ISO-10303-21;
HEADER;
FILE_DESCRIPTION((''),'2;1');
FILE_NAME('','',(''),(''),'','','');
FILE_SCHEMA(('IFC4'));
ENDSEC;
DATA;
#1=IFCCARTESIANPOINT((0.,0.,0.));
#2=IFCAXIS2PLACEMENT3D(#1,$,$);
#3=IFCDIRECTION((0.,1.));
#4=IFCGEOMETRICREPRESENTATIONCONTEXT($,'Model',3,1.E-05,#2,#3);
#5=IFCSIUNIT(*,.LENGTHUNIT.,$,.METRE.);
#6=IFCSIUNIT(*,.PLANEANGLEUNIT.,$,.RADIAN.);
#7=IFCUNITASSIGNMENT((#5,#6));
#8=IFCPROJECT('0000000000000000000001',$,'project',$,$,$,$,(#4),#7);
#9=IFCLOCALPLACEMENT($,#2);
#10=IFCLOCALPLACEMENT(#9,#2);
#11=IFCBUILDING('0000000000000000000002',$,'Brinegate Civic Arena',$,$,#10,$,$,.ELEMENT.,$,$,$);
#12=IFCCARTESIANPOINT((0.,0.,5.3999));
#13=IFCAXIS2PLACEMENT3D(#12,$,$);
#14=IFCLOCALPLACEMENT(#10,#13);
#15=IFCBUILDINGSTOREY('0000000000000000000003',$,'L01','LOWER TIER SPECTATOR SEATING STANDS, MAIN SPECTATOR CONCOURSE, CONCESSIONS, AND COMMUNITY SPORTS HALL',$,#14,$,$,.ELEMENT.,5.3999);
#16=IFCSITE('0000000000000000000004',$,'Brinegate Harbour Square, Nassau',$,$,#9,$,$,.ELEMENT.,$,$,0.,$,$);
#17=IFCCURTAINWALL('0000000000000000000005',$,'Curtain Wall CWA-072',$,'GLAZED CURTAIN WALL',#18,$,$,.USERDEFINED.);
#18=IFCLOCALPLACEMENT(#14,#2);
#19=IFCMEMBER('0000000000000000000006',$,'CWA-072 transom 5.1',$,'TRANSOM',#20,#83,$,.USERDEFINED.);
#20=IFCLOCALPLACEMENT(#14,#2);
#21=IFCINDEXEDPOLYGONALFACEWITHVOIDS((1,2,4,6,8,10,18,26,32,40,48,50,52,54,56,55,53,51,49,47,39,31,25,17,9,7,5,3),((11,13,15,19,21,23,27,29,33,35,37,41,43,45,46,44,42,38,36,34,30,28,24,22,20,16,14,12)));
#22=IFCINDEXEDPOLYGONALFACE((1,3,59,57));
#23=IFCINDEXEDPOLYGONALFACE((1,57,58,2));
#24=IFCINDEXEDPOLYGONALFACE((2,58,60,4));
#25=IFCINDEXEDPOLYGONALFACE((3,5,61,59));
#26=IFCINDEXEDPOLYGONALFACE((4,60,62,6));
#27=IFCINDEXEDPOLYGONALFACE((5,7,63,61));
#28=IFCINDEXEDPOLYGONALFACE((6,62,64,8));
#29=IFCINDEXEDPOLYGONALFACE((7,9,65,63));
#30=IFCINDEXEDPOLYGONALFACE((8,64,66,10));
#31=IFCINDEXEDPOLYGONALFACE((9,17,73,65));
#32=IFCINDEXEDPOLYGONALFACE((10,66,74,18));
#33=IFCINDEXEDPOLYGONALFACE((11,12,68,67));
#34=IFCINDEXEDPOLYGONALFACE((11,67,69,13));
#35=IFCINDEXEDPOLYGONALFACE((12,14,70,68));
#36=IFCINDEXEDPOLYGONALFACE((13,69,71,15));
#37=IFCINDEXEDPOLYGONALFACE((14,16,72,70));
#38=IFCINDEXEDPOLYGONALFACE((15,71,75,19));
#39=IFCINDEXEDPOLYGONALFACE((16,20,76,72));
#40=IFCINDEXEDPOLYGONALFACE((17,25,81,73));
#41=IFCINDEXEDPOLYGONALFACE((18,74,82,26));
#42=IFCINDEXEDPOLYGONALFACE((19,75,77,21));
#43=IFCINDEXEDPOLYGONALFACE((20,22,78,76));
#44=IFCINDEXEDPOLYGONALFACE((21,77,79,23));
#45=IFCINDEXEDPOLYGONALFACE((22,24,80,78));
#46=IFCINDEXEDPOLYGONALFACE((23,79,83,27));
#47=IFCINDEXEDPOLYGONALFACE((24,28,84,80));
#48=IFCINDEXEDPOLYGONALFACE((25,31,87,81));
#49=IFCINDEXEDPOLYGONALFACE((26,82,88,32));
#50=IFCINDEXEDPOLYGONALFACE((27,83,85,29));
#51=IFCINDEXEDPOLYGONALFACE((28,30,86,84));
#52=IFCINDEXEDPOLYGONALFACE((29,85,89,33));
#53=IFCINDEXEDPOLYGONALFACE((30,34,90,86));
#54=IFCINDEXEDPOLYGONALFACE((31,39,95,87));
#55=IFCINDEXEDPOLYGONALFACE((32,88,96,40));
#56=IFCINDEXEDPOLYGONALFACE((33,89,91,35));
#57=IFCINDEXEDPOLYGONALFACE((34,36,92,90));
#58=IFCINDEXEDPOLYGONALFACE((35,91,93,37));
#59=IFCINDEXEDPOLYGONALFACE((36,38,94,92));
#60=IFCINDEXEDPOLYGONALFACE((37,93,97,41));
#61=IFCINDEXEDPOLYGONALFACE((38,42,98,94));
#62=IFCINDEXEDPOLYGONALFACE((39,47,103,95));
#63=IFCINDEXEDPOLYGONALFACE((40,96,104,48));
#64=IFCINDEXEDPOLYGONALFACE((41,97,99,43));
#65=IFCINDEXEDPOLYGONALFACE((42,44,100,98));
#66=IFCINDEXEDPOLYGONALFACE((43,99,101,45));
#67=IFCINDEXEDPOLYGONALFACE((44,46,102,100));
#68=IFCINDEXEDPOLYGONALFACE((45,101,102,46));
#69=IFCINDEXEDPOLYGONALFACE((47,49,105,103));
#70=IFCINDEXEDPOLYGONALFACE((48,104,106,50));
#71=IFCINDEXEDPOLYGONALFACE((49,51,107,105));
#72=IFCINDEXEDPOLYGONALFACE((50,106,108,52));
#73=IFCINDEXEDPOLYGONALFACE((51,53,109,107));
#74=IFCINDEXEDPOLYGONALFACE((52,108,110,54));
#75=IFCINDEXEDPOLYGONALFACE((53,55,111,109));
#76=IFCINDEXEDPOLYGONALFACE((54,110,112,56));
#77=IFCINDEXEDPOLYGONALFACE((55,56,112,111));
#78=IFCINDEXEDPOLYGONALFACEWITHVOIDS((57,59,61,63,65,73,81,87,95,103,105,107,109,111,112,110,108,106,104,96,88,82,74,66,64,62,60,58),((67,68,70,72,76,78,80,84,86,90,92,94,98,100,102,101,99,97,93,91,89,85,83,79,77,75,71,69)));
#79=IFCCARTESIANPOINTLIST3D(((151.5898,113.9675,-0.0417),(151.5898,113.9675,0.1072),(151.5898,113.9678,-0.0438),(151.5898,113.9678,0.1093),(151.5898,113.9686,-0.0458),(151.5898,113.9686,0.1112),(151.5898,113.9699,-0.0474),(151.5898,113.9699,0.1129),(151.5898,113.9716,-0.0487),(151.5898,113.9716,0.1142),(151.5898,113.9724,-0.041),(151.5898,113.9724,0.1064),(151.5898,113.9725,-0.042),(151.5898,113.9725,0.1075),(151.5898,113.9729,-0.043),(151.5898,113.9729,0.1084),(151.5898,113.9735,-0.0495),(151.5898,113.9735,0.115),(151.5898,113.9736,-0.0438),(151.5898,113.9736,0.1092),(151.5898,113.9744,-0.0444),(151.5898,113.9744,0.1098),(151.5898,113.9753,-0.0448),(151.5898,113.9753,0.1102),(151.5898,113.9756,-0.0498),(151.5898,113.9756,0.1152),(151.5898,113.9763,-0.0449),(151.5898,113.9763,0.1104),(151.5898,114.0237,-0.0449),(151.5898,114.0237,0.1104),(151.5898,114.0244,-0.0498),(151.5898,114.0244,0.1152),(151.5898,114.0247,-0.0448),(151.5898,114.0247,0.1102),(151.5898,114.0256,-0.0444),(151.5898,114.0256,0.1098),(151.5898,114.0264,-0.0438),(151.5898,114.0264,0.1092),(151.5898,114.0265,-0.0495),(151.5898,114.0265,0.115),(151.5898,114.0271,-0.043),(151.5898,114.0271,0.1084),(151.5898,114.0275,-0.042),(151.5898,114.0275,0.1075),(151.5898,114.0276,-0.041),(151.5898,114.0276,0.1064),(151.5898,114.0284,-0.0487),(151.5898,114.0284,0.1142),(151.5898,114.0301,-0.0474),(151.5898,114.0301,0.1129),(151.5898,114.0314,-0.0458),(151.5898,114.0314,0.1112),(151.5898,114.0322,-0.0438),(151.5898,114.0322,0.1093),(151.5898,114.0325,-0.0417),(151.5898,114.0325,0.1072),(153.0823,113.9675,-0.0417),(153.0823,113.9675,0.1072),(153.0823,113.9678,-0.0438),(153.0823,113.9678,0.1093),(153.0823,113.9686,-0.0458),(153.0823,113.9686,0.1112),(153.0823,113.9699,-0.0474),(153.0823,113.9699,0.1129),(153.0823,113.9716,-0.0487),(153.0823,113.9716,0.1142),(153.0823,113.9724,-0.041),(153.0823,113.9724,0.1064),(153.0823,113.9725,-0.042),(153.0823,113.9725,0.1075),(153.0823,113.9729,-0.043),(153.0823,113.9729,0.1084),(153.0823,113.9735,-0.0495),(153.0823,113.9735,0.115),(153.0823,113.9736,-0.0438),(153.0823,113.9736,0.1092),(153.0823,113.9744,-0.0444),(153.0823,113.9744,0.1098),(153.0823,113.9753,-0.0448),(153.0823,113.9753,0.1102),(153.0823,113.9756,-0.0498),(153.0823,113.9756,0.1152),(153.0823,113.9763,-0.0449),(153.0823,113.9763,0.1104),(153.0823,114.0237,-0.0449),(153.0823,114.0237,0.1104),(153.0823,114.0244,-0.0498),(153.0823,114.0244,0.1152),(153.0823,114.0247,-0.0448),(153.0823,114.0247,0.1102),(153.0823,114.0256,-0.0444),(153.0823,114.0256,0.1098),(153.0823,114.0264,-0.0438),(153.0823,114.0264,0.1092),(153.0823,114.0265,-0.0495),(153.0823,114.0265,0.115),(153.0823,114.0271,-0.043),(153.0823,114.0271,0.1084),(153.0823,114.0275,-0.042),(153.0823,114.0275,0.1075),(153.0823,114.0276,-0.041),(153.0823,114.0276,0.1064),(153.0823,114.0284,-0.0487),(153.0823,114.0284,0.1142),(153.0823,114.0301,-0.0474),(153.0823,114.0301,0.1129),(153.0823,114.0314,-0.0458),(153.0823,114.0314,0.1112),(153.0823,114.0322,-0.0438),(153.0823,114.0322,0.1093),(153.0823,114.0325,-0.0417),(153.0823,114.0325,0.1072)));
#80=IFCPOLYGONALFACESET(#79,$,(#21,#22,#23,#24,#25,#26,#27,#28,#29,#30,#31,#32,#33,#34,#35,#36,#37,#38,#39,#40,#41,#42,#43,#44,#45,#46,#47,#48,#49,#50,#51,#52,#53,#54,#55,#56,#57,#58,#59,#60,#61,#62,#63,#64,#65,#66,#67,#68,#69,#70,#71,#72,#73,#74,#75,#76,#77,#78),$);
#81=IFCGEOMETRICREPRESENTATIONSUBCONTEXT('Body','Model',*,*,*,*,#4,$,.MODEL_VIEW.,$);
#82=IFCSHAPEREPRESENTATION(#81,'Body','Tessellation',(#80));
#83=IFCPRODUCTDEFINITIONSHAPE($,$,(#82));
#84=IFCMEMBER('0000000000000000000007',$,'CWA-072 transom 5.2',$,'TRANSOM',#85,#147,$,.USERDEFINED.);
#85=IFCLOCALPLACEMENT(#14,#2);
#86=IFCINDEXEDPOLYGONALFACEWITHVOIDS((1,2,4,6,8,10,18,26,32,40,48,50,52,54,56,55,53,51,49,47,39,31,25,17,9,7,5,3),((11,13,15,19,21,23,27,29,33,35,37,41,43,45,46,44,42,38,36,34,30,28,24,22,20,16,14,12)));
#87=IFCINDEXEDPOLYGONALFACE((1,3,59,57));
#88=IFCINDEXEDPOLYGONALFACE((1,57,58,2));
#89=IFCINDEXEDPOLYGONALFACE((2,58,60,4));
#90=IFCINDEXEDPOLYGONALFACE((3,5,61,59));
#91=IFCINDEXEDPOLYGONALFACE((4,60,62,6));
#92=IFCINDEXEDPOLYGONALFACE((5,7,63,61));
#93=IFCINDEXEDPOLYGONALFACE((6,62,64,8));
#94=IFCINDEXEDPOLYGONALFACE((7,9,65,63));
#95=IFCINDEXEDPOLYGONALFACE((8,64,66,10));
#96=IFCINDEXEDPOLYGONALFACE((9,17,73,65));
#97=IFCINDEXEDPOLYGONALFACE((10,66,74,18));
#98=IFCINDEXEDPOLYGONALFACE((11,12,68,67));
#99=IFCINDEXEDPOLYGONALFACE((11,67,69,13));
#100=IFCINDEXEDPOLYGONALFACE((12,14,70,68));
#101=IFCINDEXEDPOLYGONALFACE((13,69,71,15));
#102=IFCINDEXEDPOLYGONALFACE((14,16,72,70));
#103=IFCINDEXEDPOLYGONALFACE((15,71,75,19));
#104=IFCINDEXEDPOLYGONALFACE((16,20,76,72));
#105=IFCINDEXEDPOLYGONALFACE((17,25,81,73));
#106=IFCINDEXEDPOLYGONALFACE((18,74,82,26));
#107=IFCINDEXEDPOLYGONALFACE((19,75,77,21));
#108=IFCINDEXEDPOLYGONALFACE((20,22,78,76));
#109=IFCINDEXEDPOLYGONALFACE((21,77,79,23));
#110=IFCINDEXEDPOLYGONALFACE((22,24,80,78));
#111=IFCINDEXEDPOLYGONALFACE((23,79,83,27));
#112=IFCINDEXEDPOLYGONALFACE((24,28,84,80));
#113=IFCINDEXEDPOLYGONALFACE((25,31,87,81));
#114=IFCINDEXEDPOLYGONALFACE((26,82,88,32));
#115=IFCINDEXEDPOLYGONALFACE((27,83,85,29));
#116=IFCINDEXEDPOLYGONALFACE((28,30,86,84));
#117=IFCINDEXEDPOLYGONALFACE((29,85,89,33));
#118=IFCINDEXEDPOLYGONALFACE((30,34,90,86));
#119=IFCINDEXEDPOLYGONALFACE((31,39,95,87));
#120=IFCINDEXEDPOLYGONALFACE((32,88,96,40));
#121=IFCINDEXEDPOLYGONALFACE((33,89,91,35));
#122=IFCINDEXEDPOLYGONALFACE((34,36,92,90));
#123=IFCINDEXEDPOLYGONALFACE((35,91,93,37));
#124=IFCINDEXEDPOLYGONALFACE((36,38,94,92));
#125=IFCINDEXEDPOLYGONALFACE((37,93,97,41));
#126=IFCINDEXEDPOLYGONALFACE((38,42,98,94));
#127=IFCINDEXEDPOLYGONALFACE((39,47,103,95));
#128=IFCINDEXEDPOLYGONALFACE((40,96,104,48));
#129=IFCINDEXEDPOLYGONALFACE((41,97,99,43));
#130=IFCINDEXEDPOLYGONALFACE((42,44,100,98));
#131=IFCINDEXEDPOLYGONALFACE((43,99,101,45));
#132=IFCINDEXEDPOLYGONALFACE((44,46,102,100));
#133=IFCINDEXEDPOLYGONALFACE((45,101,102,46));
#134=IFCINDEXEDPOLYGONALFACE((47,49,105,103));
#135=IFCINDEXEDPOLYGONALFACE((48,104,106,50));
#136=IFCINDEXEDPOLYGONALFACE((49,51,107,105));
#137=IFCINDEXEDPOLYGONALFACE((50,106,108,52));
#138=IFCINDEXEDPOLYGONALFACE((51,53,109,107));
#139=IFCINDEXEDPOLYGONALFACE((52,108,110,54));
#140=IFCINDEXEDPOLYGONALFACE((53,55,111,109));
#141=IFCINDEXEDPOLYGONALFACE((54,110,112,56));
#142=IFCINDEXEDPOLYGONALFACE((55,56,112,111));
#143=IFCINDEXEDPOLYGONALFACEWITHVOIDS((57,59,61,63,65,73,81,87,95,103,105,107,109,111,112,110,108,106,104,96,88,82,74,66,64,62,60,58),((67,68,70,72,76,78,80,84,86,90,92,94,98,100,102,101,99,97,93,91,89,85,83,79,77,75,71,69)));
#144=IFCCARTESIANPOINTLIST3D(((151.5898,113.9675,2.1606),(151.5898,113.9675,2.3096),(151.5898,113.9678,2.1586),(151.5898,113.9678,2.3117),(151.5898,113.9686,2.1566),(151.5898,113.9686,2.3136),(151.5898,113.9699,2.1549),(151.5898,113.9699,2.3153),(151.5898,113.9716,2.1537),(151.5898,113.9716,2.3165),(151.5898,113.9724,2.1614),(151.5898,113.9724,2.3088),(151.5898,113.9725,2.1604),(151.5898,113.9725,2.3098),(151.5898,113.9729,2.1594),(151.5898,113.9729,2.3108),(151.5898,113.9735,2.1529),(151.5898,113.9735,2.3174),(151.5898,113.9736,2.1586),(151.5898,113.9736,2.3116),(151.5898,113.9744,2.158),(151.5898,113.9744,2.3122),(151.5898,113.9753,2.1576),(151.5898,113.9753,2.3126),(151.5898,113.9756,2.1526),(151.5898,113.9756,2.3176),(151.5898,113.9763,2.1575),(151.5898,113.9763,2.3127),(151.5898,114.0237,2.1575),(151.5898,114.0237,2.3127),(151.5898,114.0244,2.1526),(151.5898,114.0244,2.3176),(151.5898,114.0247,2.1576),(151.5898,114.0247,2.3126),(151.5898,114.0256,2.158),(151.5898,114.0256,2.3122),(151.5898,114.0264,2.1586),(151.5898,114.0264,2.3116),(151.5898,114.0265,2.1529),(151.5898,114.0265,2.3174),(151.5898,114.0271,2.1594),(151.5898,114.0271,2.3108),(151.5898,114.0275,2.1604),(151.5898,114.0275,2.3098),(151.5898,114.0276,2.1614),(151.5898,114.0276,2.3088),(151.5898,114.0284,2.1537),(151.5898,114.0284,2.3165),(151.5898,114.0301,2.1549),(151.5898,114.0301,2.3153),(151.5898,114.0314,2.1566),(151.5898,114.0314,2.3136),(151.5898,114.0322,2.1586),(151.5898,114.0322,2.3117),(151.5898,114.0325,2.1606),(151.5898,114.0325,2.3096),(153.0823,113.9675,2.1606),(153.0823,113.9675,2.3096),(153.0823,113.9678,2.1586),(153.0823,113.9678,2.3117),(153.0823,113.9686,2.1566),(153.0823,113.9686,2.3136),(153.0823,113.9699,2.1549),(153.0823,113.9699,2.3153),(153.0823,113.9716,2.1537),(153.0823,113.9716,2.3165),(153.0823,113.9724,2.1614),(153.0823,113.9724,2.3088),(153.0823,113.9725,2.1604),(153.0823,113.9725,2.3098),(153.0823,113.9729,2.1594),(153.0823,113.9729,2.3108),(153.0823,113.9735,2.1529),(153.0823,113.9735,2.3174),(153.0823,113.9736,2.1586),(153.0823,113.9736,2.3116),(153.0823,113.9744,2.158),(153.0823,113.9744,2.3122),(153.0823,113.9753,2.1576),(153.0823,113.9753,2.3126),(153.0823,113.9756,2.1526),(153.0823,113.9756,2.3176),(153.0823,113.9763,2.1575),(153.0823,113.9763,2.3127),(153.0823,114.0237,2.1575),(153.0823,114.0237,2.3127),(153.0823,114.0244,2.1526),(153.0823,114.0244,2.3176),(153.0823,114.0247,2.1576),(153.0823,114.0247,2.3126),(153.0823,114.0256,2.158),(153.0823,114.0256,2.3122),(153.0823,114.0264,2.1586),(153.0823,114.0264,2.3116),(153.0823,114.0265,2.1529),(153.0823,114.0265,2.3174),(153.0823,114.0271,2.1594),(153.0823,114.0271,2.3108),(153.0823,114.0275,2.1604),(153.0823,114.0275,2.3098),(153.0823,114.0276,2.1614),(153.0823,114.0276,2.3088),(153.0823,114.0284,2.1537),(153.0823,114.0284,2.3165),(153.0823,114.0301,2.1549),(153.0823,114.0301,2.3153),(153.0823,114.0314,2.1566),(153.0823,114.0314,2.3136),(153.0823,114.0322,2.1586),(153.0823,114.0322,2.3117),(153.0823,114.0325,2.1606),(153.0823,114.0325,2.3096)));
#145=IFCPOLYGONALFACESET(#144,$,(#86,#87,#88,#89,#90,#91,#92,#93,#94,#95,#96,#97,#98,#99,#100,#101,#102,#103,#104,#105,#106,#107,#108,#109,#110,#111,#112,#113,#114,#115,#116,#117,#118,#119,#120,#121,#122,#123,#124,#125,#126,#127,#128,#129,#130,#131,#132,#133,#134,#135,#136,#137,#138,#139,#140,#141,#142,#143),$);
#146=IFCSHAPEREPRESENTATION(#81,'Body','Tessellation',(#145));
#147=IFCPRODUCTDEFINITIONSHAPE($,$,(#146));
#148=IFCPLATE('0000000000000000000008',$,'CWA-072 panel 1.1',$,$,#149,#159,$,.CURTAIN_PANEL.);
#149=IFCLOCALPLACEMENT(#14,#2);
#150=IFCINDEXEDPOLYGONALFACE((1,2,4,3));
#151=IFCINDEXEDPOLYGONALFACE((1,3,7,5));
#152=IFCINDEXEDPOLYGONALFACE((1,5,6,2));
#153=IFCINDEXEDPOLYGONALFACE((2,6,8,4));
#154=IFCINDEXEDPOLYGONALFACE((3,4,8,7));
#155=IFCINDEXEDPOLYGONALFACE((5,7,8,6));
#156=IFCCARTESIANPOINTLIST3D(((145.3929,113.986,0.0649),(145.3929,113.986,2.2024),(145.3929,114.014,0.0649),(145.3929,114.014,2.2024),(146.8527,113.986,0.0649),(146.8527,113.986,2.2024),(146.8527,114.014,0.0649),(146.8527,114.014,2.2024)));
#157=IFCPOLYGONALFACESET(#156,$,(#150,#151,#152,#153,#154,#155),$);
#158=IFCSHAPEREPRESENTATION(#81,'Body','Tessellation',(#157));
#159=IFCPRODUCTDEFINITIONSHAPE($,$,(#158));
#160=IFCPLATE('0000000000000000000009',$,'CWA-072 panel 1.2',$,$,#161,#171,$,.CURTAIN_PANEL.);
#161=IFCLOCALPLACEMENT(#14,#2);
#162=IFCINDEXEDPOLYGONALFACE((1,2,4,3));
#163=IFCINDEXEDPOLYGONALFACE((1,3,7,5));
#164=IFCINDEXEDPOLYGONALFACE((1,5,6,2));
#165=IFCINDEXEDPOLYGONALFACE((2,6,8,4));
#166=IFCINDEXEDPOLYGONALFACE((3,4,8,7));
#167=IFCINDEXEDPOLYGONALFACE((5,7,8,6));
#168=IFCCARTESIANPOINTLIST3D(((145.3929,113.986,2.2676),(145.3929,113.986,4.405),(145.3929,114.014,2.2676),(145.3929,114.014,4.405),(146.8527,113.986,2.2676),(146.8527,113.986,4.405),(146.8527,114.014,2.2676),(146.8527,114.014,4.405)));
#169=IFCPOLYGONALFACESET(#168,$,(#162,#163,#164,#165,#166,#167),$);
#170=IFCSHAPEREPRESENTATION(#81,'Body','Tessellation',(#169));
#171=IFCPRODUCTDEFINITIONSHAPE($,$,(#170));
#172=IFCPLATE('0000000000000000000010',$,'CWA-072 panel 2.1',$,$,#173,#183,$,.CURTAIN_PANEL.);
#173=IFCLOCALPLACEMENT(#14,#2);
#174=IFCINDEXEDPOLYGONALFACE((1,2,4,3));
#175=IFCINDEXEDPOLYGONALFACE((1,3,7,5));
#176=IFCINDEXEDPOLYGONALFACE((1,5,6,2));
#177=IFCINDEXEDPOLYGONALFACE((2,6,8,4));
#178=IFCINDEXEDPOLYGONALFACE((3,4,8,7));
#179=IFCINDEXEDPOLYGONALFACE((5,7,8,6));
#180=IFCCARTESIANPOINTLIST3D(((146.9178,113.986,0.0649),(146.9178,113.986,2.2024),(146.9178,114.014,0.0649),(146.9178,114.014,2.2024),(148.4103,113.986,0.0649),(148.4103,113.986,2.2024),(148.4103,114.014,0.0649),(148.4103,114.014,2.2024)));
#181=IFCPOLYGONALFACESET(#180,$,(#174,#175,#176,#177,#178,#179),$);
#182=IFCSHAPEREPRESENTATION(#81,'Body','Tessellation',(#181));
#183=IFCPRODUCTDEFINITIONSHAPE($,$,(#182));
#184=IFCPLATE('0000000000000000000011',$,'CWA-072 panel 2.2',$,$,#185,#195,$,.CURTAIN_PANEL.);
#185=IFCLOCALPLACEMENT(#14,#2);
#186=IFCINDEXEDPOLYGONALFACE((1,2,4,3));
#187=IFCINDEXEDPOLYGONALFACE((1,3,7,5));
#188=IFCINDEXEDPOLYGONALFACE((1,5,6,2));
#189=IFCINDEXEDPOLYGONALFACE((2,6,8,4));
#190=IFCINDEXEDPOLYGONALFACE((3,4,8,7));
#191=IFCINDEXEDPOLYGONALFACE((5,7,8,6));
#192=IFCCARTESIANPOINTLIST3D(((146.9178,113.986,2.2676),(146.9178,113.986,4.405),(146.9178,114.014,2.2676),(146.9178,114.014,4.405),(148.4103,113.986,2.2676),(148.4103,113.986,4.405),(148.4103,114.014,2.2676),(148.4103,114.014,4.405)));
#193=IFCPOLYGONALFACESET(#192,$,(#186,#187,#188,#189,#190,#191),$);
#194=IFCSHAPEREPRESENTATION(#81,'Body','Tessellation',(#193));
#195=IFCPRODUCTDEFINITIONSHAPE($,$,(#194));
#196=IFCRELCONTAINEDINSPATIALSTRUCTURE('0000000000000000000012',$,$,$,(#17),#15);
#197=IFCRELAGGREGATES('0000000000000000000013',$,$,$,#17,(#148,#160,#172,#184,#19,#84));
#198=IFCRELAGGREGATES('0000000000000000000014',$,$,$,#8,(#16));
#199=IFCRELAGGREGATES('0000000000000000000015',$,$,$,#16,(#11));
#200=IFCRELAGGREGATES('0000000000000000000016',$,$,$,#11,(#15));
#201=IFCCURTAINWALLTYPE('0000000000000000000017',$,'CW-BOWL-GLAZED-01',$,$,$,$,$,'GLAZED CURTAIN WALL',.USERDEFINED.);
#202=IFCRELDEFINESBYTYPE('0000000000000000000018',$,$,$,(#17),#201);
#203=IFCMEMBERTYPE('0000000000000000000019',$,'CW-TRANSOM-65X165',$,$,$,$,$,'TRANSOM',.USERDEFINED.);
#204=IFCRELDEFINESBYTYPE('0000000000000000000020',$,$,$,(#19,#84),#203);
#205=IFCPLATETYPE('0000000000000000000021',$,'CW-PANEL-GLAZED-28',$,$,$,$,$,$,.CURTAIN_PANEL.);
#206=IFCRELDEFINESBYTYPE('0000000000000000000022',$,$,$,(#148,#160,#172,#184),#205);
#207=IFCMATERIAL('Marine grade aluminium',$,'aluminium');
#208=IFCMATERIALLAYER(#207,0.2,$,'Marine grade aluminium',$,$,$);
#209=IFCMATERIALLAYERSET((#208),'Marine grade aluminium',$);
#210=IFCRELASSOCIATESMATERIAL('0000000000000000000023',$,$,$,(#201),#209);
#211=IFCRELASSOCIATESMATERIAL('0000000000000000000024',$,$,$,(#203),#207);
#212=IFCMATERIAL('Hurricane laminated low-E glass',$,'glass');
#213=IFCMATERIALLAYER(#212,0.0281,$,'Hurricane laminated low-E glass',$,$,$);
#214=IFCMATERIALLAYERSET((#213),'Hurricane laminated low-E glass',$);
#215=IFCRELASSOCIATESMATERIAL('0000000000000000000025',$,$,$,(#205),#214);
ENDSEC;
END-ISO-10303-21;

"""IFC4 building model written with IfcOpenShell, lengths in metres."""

from ifc_helpers import new_model, si_unit, direction, frame, origin, origin_2d, place, context, subcontext, project, spatial, rectangle, hollow_rectangle, extrude, material, layer, layer_set, material_profile, profile_set, type_object, element, aggregate, save


model = new_model("IFC4")

# Units and contexts
model_context = context("Model", 3, precision=1e-05, world=origin(), true_north=direction((0.0, 1.0)))
body_context = subcontext(model_context, "Body", "Model", "MODEL_VIEW")
ifc_project = project(units=[si_unit("LENGTHUNIT", "METRE"), si_unit("PLANEANGLEUNIT", "RADIAN")], contexts=[model_context])

# Site, building, storey
site_placement = place(None, origin())
site = spatial("IfcSite", under=ifc_project, at=site_placement, Name="Brinegate Harbour Square, Nassau", CompositionType="ELEMENT", RefElevation=0.0)
building_placement = place(site_placement, origin())
building = spatial("IfcBuilding", under=site, at=building_placement, Name="Brinegate Civic Arena", CompositionType="ELEMENT")
storey_placement = place(building_placement, frame((0.0, 0.0, 5.3999)))
storey = spatial("IfcBuildingStorey", under=building, at=storey_placement, Name="L01", Description="LOWER TIER SPECTATOR SEATING STANDS, MAIN SPECTATOR CONCOURSE, CONCESSIONS, AND COMMUNITY SPORTS HALL", CompositionType="ELEMENT", Elevation=5.3999)

# Curtain wall, members, plates
ifc_material_1 = material(Name="Marine grade aluminium", Category="aluminium")
ifc_layer_1 = layer(ifc_material_1, 0.2, Name="Marine grade aluminium")
ifc_layer_set_1 = layer_set([ifc_layer_1], Name="Marine grade aluminium")
curtain_wall_type = type_object("IfcCurtainWallType", Name="CW-BOWL-GLAZED-01", ElementType="GLAZED CURTAIN WALL", PredefinedType="USERDEFINED", material=ifc_layer_set_1)
curtain_wall_placement = place(storey_placement, origin())
curtain_wall = element("IfcCurtainWall", 1, at=curtain_wall_placement, inside=storey, type_object=curtain_wall_type, Name="Curtain Wall CWA-072", ObjectType="GLAZED CURTAIN WALL", PredefinedType="USERDEFINED")
ifc_material_profile_1 = material_profile(ifc_material_1, hollow_rectangle(XDim=0.0649, YDim=0.165, WallThickness=0.0049, InnerFilletRadius=0.0039, OuterFilletRadius=0.0081, at=origin_2d()), Name="TRN65X165")
ifc_profile_set_1 = profile_set([ifc_material_profile_1], Name="Marine grade aluminium")
member_type_1 = type_object("IfcMemberType", Name="CW-TRANSOM-65X165", ElementType="TRANSOM", PredefinedType="USERDEFINED", material=ifc_profile_set_1)
member_1_placement = place(storey_placement, frame((151.5898, 114.0, 0.0327), z_axis=(1.0, 0.0, 0.0), x_axis=(0.0, 1.0, 0.0)))
member_1 = element("IfcMember", 2, at=member_1_placement, type_object=member_type_1, Name="CWA-072 transom 5.1", ObjectType="TRANSOM", PredefinedType="USERDEFINED", context=body_context, shape_type="SweptSolid", body=[
    extrude(hollow_rectangle(XDim=0.0649, YDim=0.165, WallThickness=0.0049, InnerFilletRadius=0.0039, OuterFilletRadius=0.0081, at=origin_2d()), origin(), (0.0, 0.0, 1.0), 1.4924),
])
member_2_placement = place(storey_placement, frame((151.5898, 114.0, 2.2351), z_axis=(1.0, 0.0, 0.0), x_axis=(0.0, 1.0, 0.0)))
member_2 = element("IfcMember", 3, at=member_2_placement, type_object=member_type_1, Name="CWA-072 transom 5.2", ObjectType="TRANSOM", PredefinedType="USERDEFINED", context=body_context, shape_type="SweptSolid", body=[
    extrude(hollow_rectangle(XDim=0.0649, YDim=0.165, WallThickness=0.0049, InnerFilletRadius=0.0039, OuterFilletRadius=0.0081, at=origin_2d()), origin(), (0.0, 0.0, 1.0), 1.4924),
])
ifc_material_2 = material(Name="Hurricane laminated low-E glass", Category="glass")
ifc_layer_2 = layer(ifc_material_2, 0.0281, Name="Hurricane laminated low-E glass")
ifc_layer_set_2 = layer_set([ifc_layer_2], Name="Hurricane laminated low-E glass")
plate_type = type_object("IfcPlateType", Name="CW-PANEL-GLAZED-28", PredefinedType="CURTAIN_PANEL", material=ifc_layer_set_2)
plate_1_placement = place(storey_placement, frame((146.1228, 114.0, 0.0649), z_axis=(0.0, 0.0, 1.0), x_axis=(1.0, 0.0, 0.0)))
plate_1 = element("IfcPlate", 4, at=plate_1_placement, type_object=plate_type, Name="CWA-072 panel 1.1", PredefinedType="CURTAIN_PANEL", context=body_context, shape_type="SweptSolid", body=[
    extrude(rectangle(XDim=1.4597, YDim=0.0281, at=origin_2d()), origin(), (0.0, 0.0, 1.0), 2.1375),
])
plate_2_placement = place(storey_placement, frame((146.1228, 114.0, 2.2676), z_axis=(0.0, 0.0, 1.0), x_axis=(1.0, 0.0, 0.0)))
plate_2 = element("IfcPlate", 5, at=plate_2_placement, type_object=plate_type, Name="CWA-072 panel 1.2", PredefinedType="CURTAIN_PANEL", context=body_context, shape_type="SweptSolid", body=[
    extrude(rectangle(XDim=1.4597, YDim=0.0281, at=origin_2d()), origin(), (0.0, 0.0, 1.0), 2.1375),
])
plate_3_placement = place(storey_placement, frame((147.6641, 114.0, 0.0649), z_axis=(0.0, 0.0, 1.0), x_axis=(1.0, 0.0, 0.0)))
plate_3 = element("IfcPlate", 6, at=plate_3_placement, type_object=plate_type, Name="CWA-072 panel 2.1", PredefinedType="CURTAIN_PANEL", context=body_context, shape_type="SweptSolid", body=[
    extrude(rectangle(XDim=1.4924, YDim=0.0281, at=origin_2d()), origin(), (0.0, 0.0, 1.0), 2.1375),
])
plate_4_placement = place(storey_placement, frame((147.6641, 114.0, 2.2676), z_axis=(0.0, 0.0, 1.0), x_axis=(1.0, 0.0, 0.0)))
plate_4 = element("IfcPlate", 7, at=plate_4_placement, type_object=plate_type, Name="CWA-072 panel 2.2", PredefinedType="CURTAIN_PANEL", context=body_context, shape_type="SweptSolid", body=[
    extrude(rectangle(XDim=1.4924, YDim=0.0281, at=origin_2d()), origin(), (0.0, 0.0, 1.0), 2.1375),
])
aggregate(curtain_wall, [plate_1, plate_2, plate_3, plate_4, member_1, member_2])

save(model, "model.ifc")
